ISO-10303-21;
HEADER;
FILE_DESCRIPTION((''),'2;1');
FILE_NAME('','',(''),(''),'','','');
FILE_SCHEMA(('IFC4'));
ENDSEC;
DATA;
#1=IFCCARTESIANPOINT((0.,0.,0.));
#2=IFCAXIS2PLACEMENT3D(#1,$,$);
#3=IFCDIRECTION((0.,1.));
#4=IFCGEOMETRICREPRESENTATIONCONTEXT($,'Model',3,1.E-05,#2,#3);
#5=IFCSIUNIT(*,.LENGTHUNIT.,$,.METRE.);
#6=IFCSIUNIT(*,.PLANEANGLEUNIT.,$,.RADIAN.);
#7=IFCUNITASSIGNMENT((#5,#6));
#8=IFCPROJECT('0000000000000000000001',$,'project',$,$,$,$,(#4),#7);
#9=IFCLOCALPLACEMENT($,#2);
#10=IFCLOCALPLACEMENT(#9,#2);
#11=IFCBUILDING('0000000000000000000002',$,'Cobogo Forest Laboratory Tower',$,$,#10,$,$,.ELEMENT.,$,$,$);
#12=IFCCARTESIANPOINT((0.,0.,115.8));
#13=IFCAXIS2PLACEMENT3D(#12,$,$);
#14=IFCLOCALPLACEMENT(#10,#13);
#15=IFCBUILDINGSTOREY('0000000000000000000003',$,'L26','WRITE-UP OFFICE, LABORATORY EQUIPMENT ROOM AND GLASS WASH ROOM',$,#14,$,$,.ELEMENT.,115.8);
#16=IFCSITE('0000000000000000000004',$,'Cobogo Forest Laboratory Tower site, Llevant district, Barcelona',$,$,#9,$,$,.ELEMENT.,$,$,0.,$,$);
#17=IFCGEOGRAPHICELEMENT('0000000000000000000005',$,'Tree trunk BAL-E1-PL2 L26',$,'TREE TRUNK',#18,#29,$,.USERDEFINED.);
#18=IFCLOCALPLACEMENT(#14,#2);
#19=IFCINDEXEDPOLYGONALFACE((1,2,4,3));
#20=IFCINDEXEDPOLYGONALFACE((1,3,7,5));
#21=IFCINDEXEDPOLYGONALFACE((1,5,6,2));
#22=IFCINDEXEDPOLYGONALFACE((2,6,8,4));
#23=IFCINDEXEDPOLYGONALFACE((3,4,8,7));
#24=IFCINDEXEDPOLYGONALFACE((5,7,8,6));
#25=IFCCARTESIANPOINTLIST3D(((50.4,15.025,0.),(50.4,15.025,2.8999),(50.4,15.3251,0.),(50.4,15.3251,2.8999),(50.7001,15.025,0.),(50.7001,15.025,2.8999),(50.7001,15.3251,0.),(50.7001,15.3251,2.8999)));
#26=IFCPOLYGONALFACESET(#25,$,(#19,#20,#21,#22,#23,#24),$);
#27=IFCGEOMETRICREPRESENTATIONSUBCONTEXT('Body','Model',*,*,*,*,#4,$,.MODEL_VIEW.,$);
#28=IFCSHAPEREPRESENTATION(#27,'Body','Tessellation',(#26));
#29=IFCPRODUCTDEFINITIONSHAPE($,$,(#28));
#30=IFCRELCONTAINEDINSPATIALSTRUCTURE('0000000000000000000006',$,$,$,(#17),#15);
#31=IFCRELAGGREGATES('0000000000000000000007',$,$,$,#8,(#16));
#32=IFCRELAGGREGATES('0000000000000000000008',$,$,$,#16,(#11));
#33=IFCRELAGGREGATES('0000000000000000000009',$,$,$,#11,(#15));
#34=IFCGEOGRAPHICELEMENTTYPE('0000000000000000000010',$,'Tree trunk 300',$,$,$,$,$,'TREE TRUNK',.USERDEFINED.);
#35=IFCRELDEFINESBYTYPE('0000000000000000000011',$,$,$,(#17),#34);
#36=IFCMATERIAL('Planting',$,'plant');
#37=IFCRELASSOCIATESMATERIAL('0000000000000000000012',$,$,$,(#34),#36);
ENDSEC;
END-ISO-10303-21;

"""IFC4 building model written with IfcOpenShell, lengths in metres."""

from ifc_helpers import new_model, si_unit, direction, frame, origin, origin_2d, place, context, subcontext, project, spatial, rectangle, extrude, material, type_object, element, save


model = new_model("IFC4")

# Units and contexts
model_context = context("Model", 3, precision=1e-05, world=origin(), true_north=direction((0.0, 1.0)))
body_context = subcontext(model_context, "Body", "Model", "MODEL_VIEW")
ifc_project = project(units=[si_unit("LENGTHUNIT", "METRE"), si_unit("PLANEANGLEUNIT", "RADIAN")], contexts=[model_context])

# Site, building, storey
site_placement = place(None, origin())
site = spatial("IfcSite", under=ifc_project, at=site_placement, Name="Cobogo Forest Laboratory Tower site, Llevant district, Barcelona", CompositionType="ELEMENT", RefElevation=0.0)
building_placement = place(site_placement, origin())
building = spatial("IfcBuilding", under=site, at=building_placement, Name="Cobogo Forest Laboratory Tower", CompositionType="ELEMENT")
storey_placement = place(building_placement, frame((0.0, 0.0, 115.8)))
storey = spatial("IfcBuildingStorey", under=building, at=storey_placement, Name="L26", Description="WRITE-UP OFFICE, LABORATORY EQUIPMENT ROOM AND GLASS WASH ROOM", CompositionType="ELEMENT", Elevation=115.8)

# Geographic element
ifc_material_1 = material(Name="Planting", Category="plant")
geographic_element_type = type_object("IfcGeographicElementType", Name="Tree trunk 300", ElementType="TREE TRUNK", PredefinedType="USERDEFINED", material=ifc_material_1)
geographic_element_placement = place(storey_placement, frame((50.55, 15.175, 0.0), z_axis=(0.0, 0.0, 1.0), x_axis=(1.0, 0.0, 0.0)))
element("IfcGeographicElement", 1, at=geographic_element_placement, inside=storey, type_object=geographic_element_type, Name="Tree trunk BAL-E1-PL2 L26", ObjectType="TREE TRUNK", PredefinedType="USERDEFINED", context=body_context, shape_type="SweptSolid", body=[
    extrude(rectangle(XDim=0.3, YDim=0.3, at=origin_2d()), origin(), (0.0, 0.0, 1.0), 2.8999),
])

save(model, "model.ifc")
